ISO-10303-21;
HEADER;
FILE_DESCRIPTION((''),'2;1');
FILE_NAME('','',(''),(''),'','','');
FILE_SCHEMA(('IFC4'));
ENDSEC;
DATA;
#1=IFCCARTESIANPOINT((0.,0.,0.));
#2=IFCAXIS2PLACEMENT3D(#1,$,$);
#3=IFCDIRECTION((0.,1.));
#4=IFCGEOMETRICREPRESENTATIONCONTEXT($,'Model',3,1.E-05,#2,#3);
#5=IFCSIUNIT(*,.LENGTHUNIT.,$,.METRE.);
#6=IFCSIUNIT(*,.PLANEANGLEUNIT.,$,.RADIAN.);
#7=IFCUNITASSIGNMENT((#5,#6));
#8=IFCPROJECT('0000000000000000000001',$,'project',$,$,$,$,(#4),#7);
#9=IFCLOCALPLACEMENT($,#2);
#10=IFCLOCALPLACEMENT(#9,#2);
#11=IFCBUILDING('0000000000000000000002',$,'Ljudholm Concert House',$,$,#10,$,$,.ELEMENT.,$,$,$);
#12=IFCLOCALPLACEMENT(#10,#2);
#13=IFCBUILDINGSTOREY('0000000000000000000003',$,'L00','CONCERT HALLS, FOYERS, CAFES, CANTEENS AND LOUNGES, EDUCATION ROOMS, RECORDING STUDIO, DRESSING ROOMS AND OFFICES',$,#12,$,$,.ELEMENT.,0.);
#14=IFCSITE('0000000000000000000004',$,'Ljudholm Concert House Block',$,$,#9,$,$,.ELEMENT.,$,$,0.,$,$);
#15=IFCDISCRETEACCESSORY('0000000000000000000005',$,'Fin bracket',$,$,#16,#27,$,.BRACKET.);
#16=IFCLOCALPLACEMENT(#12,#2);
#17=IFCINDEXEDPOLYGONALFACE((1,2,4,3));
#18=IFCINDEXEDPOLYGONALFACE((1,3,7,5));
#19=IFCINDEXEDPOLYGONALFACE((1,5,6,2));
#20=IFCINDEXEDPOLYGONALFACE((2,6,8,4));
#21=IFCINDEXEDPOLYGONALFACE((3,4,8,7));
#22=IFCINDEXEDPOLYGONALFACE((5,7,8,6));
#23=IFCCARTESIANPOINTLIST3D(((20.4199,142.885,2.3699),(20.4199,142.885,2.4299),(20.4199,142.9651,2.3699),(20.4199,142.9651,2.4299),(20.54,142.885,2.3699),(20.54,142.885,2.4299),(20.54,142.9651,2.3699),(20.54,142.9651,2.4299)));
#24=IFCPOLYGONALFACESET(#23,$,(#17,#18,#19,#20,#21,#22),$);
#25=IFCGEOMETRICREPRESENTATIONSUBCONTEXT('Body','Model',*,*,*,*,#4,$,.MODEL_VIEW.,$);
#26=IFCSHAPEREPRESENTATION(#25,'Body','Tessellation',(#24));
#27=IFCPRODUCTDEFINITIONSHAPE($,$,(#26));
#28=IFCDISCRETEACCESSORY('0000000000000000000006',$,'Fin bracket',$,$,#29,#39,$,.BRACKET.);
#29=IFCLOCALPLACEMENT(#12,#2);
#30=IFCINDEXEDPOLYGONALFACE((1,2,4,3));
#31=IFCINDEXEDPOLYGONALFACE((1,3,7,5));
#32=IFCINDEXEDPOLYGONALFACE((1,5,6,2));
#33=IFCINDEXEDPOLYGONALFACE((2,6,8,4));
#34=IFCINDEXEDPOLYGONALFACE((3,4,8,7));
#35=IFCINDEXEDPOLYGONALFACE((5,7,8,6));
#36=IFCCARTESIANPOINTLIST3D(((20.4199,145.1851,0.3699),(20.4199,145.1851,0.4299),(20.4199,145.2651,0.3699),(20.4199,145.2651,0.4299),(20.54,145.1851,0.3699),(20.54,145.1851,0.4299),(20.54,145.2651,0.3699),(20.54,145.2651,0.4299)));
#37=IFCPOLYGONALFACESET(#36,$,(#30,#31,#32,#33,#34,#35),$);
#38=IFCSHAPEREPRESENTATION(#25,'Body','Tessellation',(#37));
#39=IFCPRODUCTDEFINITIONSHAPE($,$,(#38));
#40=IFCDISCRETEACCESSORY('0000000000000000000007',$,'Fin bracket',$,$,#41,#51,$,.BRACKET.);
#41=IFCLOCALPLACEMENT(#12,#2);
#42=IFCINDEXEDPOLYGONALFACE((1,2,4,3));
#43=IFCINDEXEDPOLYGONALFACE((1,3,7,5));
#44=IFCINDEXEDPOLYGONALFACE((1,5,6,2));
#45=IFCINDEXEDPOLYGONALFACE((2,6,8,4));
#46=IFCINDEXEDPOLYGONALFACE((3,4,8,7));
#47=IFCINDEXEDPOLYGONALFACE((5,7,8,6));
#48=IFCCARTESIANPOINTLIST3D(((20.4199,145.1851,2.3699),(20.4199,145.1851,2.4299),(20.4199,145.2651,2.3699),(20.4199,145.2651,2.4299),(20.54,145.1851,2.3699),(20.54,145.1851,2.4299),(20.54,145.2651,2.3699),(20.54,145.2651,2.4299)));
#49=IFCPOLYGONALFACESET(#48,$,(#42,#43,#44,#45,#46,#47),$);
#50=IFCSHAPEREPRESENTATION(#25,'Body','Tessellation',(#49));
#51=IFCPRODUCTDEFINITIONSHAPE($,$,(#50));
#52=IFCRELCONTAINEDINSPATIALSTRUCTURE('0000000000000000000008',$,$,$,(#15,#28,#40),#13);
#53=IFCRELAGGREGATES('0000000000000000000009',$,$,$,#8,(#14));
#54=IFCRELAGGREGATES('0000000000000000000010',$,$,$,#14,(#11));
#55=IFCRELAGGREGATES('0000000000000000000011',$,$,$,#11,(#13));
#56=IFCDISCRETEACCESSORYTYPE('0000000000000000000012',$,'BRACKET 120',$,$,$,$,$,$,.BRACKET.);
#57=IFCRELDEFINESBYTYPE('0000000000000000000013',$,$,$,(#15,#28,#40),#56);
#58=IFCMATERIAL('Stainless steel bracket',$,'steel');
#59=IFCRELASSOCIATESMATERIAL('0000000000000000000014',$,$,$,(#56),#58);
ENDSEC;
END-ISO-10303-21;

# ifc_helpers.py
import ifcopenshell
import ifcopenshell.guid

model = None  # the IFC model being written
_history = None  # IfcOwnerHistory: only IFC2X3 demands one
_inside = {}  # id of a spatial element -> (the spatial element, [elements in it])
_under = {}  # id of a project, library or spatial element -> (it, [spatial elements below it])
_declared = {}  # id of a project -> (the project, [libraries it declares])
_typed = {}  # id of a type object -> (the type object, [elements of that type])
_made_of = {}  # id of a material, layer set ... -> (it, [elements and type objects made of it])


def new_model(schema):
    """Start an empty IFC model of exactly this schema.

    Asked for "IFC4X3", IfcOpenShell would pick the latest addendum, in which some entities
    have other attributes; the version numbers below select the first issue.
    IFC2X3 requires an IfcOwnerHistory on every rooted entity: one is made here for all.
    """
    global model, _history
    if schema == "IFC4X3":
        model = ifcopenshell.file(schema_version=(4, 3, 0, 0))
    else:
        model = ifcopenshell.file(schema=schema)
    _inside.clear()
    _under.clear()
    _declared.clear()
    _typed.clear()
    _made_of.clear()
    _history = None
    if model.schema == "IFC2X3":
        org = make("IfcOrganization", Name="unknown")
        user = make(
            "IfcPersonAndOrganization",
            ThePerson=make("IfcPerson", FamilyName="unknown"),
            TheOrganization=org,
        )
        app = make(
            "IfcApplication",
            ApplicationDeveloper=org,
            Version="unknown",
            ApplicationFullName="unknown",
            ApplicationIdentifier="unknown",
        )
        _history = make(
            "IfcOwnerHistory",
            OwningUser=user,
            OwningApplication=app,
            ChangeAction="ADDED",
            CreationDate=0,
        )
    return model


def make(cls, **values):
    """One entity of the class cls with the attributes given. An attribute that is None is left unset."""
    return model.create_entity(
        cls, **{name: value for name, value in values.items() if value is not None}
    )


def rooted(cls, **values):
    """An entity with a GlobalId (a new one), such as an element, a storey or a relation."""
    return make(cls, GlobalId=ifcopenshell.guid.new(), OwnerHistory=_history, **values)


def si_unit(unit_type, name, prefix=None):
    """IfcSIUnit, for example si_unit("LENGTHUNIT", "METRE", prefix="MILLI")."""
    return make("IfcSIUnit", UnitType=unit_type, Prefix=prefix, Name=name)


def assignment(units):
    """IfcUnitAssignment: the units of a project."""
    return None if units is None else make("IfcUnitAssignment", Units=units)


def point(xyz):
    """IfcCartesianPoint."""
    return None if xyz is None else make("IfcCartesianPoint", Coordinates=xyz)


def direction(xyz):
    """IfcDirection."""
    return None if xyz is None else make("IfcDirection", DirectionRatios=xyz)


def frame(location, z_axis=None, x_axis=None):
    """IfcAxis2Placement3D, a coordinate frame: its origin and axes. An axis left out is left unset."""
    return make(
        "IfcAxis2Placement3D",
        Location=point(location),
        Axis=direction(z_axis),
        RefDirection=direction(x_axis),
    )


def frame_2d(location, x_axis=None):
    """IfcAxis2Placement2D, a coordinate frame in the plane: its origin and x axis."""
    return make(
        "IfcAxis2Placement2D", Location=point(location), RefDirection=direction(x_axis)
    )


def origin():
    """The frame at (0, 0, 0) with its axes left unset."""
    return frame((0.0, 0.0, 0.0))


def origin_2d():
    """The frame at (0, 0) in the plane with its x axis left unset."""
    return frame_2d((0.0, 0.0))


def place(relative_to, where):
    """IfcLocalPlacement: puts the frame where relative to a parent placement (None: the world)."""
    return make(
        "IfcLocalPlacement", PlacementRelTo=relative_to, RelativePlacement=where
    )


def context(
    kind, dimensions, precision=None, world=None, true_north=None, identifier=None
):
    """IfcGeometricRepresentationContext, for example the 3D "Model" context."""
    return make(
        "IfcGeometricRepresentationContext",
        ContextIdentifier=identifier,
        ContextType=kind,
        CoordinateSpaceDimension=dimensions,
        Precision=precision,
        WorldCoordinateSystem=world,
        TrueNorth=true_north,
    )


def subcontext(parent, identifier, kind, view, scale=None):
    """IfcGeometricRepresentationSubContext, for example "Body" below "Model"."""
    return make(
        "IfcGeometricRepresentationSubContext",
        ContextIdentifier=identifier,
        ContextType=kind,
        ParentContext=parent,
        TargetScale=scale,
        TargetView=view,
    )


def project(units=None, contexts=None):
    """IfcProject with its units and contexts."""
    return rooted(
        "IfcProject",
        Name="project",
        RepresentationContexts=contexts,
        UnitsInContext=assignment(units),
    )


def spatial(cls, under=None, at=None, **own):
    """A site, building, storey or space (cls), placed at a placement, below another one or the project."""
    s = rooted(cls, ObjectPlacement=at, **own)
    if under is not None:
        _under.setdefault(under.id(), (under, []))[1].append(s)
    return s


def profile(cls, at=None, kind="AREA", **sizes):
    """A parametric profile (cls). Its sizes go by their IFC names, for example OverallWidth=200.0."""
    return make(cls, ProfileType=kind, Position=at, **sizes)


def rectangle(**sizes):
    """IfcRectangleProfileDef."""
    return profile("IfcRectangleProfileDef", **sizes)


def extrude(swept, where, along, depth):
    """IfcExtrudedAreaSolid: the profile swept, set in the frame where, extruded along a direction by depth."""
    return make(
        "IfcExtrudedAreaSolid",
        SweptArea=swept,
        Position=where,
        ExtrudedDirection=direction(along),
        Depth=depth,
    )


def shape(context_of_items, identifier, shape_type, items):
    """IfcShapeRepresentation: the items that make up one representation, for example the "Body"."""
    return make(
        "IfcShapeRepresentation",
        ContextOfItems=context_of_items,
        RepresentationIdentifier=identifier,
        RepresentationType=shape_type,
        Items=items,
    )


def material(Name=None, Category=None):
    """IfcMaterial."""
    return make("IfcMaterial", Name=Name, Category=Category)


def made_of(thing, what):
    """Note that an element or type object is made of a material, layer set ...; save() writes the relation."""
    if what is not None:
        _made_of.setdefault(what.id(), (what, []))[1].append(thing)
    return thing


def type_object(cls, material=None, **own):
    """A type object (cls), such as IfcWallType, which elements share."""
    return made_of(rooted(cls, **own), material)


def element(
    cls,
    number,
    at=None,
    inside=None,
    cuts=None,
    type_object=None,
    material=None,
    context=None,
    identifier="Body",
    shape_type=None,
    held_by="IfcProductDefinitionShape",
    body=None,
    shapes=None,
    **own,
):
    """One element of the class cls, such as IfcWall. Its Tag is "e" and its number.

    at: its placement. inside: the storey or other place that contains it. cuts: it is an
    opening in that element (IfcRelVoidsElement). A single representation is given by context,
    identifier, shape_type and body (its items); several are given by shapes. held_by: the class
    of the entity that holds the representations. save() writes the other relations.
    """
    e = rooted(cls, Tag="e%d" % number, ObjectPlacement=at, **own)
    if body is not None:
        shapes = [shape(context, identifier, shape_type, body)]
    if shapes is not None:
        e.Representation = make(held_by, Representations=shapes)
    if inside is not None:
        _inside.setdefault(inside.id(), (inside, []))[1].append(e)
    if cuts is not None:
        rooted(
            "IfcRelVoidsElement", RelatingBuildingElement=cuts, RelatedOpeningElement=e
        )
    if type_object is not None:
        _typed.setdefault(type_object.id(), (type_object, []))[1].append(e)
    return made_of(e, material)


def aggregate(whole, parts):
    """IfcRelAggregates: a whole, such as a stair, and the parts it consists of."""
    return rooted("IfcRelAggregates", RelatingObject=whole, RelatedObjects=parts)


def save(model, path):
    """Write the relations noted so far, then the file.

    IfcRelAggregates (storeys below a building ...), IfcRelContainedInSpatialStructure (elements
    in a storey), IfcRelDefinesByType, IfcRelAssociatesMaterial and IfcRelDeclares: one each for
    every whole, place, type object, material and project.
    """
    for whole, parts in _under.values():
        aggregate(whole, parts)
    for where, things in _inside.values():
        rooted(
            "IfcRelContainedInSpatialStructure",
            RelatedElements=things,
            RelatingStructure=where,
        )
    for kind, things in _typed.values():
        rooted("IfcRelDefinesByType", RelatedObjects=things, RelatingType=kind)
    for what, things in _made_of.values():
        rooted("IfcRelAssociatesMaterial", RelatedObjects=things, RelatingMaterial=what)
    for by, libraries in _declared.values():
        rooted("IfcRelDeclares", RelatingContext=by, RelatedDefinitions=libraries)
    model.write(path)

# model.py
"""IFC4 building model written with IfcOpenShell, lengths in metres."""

from ifc_helpers import new_model, si_unit, direction, frame, origin, origin_2d, place, context, subcontext, project, spatial, rectangle, extrude, material, type_object, element, save


model = new_model("IFC4")

# Units and contexts
model_context = context("Model", 3, precision=1e-05, world=origin(), true_north=direction((0.0, 1.0)))
body_context = subcontext(model_context, "Body", "Model", "MODEL_VIEW")
ifc_project = project(units=[si_unit("LENGTHUNIT", "METRE"), si_unit("PLANEANGLEUNIT", "RADIAN")], contexts=[model_context])

# Site, building, storey
site_placement = place(None, origin())
site = spatial("IfcSite", under=ifc_project, at=site_placement, Name="Ljudholm Concert House Block", CompositionType="ELEMENT", RefElevation=0.0)
building_placement = place(site_placement, origin())
building = spatial("IfcBuilding", under=site, at=building_placement, Name="Ljudholm Concert House", CompositionType="ELEMENT")
storey_placement = place(building_placement, origin())
storey = spatial("IfcBuildingStorey", under=building, at=storey_placement, Name="L00", Description="CONCERT HALLS, FOYERS, CAFES, CANTEENS AND LOUNGES, EDUCATION ROOMS, RECORDING STUDIO, DRESSING ROOMS AND OFFICES", CompositionType="ELEMENT", Elevation=0.0)

# Discrete accessories
ifc_material_1 = material(Name="Stainless steel bracket", Category="steel")
discrete_accessory_type = type_object("IfcDiscreteAccessoryType", Name="BRACKET 120", PredefinedType="BRACKET", material=ifc_material_1)
for number, where, z_axis, x_axis, name in (
    (1, (20.48, 142.925, 2.3699), (0.0, 0.0, 1.0), (1.0, 0.0, 0.0), "Fin bracket"),
    (2, (20.48, 145.2251, 0.3699), (0.0, 0.0, 1.0), (1.0, 0.0, 0.0), "Fin bracket"),
    (3, (20.48, 145.2251, 2.3699), (0.0, 0.0, 1.0), (1.0, 0.0, 0.0), "Fin bracket"),
):
    element("IfcDiscreteAccessory", number, at=place(storey_placement, frame(where, z_axis=z_axis, x_axis=x_axis)), inside=storey, type_object=discrete_accessory_type, Name=name, PredefinedType="BRACKET", context=body_context, shape_type="SweptSolid", body=[
        extrude(rectangle(XDim=0.1201, YDim=0.0801, at=origin_2d()), origin(), (0.0, 0.0, 1.0), 0.0601),
    ])

save(model, "model.ifc")
